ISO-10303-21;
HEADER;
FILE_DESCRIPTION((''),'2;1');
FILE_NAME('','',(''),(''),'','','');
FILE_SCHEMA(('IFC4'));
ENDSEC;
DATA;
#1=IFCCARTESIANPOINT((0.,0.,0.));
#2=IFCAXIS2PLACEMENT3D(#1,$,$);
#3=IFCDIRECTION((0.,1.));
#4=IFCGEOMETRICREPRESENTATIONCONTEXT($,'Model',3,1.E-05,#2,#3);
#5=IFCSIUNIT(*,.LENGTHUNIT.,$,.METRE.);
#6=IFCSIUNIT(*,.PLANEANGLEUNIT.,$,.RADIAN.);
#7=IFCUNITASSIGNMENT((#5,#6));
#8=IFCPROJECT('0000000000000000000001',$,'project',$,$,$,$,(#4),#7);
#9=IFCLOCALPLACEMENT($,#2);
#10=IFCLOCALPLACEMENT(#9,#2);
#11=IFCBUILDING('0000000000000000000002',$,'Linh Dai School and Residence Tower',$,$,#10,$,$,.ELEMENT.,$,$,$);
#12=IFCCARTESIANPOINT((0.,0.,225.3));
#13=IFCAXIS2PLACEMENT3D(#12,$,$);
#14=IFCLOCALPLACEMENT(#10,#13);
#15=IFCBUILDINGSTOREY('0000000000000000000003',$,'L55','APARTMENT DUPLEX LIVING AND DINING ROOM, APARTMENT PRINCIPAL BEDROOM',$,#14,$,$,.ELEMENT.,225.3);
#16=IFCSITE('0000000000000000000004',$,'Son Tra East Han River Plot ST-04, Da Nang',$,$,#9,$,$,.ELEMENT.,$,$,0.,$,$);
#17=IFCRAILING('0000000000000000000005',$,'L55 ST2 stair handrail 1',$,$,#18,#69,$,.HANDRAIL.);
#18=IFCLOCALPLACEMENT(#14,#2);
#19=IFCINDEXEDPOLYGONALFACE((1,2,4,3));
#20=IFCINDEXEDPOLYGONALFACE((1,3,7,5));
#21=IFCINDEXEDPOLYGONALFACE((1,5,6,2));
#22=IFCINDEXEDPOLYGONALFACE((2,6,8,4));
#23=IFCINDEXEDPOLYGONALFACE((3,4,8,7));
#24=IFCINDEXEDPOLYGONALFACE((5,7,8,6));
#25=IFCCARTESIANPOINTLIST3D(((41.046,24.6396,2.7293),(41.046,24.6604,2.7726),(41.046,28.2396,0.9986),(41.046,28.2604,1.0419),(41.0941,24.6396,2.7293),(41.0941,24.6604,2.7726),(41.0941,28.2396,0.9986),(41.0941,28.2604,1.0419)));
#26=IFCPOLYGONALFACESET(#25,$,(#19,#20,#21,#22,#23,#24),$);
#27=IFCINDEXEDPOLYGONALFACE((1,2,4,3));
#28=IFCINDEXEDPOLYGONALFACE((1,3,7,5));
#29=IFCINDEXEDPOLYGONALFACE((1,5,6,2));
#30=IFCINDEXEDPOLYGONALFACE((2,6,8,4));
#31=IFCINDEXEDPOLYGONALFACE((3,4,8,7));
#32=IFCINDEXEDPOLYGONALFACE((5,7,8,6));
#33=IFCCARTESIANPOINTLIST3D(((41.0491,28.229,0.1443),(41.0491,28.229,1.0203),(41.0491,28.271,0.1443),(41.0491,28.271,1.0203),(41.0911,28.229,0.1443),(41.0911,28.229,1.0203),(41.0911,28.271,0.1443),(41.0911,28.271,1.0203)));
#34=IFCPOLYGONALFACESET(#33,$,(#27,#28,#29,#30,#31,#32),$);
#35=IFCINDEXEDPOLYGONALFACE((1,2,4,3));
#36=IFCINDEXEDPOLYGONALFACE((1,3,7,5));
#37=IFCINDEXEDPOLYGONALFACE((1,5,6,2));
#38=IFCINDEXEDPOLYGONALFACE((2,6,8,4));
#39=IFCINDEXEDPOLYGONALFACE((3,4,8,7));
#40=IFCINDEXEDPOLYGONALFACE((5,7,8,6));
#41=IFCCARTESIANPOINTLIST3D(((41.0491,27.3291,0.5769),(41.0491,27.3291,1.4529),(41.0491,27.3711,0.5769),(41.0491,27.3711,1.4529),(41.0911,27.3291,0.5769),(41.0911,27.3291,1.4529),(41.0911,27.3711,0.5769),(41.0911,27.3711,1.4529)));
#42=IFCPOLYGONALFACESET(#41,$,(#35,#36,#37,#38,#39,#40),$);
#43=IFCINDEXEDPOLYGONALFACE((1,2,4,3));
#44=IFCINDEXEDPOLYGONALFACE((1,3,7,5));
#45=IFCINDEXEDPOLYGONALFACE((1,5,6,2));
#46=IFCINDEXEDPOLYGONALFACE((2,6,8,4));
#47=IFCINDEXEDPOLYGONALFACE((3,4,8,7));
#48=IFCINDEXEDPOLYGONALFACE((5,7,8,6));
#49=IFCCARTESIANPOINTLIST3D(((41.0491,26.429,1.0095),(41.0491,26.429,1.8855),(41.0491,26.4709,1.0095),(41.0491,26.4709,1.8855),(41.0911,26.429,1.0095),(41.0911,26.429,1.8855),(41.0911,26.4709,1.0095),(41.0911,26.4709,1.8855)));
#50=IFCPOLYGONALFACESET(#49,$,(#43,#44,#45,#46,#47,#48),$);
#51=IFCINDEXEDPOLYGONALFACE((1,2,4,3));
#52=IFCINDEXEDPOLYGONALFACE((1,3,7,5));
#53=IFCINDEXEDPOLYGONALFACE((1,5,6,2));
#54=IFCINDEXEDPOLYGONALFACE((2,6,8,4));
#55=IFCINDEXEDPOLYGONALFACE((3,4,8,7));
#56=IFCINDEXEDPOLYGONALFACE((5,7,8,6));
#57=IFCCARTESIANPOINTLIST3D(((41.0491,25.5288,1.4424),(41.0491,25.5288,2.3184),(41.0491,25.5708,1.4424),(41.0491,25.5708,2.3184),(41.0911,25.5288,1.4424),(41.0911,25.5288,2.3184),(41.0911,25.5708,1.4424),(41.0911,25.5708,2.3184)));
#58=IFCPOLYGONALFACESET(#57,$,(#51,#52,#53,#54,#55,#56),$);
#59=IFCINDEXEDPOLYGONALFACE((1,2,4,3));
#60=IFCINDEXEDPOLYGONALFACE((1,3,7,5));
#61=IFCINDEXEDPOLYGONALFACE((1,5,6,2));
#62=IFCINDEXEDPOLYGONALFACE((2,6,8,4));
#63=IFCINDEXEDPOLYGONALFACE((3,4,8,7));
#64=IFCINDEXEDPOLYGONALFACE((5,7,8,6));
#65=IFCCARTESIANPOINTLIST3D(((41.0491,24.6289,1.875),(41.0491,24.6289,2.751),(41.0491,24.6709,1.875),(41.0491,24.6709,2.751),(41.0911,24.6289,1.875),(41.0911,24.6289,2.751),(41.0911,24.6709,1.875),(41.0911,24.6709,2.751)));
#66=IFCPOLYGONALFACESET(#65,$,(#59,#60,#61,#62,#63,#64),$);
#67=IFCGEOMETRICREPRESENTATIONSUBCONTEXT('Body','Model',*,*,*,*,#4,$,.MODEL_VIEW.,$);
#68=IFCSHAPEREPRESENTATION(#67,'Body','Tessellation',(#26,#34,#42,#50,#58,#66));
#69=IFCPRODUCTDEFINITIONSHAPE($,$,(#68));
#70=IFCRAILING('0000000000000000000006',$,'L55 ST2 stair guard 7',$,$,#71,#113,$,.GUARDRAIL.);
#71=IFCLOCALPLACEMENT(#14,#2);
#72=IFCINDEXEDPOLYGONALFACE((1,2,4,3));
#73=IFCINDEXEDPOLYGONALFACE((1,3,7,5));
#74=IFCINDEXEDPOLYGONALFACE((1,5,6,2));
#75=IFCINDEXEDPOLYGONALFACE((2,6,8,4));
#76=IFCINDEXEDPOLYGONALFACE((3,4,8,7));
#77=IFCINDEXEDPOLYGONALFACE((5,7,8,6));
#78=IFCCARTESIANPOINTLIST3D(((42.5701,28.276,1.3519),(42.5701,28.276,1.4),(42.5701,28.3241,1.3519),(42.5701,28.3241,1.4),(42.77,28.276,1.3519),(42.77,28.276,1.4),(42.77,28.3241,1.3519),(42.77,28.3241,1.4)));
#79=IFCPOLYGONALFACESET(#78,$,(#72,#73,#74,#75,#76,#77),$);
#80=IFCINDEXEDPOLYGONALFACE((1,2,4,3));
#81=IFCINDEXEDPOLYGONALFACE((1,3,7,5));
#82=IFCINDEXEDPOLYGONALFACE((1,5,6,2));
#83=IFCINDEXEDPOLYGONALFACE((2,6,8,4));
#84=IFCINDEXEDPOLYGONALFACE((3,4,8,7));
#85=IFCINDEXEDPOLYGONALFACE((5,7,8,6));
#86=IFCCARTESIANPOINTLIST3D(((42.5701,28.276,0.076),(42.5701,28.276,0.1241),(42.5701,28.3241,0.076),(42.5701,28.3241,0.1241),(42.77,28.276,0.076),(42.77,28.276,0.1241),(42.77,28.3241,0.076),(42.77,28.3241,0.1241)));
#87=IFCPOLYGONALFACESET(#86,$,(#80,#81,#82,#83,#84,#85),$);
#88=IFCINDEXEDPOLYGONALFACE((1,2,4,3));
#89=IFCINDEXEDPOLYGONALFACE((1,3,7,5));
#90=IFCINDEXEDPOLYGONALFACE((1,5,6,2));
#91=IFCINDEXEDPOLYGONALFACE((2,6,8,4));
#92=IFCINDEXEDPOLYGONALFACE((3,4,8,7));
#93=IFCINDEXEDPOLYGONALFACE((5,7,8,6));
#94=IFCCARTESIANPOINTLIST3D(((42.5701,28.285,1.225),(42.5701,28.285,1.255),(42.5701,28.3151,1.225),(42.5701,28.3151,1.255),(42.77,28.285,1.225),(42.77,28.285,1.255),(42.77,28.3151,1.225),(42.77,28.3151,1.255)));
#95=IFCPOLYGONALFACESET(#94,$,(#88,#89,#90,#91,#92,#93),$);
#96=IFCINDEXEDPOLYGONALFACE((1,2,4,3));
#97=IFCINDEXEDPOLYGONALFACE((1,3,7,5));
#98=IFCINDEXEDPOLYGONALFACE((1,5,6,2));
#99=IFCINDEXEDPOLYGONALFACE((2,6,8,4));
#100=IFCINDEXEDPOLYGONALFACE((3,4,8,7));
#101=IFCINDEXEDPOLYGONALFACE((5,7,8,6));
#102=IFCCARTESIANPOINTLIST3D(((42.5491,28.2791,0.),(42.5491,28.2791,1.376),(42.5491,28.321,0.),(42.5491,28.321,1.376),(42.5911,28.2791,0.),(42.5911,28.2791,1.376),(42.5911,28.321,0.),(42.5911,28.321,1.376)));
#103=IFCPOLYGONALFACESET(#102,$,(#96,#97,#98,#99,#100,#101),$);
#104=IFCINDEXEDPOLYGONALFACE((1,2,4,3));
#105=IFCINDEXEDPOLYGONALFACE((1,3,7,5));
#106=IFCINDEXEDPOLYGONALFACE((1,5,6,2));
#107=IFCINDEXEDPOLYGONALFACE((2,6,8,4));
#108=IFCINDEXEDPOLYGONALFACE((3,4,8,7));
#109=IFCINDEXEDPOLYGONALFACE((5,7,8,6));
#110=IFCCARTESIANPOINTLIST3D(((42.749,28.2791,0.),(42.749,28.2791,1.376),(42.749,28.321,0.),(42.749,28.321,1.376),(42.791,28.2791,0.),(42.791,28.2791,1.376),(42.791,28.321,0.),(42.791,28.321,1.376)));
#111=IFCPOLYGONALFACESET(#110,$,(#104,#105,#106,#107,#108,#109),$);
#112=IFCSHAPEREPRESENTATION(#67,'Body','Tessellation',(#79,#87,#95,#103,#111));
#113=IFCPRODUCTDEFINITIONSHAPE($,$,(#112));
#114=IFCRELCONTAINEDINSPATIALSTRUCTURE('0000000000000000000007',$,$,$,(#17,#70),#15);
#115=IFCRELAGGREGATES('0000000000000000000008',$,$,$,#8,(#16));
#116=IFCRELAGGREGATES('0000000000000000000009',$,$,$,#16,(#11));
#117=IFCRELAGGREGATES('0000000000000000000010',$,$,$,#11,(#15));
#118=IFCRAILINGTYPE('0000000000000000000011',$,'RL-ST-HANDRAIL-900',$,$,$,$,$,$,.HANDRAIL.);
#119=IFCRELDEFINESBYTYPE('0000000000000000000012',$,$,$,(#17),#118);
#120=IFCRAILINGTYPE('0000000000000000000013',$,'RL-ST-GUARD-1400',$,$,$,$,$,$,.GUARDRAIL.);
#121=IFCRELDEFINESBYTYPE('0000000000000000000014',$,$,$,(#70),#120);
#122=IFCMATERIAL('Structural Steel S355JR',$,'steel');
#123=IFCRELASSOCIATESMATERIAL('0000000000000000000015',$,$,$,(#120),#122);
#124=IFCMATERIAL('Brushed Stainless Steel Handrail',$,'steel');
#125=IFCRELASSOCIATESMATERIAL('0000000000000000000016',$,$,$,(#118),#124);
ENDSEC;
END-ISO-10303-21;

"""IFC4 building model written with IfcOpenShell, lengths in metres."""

from ifc_helpers import new_model, si_unit, direction, frame, origin, origin_2d, place, context, subcontext, project, spatial, rectangle, extrude, source, transform, mapped, material, type_object, element, save


model = new_model("IFC4")

# Units and contexts
model_context = context("Model", 3, precision=1e-05, world=origin(), true_north=direction((0.0, 1.0)))
body_context = subcontext(model_context, "Body", "Model", "MODEL_VIEW")
ifc_project = project(units=[si_unit("LENGTHUNIT", "METRE"), si_unit("PLANEANGLEUNIT", "RADIAN")], contexts=[model_context])

# Site, building, storey
site_placement = place(None, origin())
site = spatial("IfcSite", under=ifc_project, at=site_placement, Name="Son Tra East Han River Plot ST-04, Da Nang", CompositionType="ELEMENT", RefElevation=0.0)
building_placement = place(site_placement, origin())
building = spatial("IfcBuilding", under=site, at=building_placement, Name="Linh Dai School and Residence Tower", CompositionType="ELEMENT")
storey_placement = place(building_placement, frame((0.0, 0.0, 225.3)))
storey = spatial("IfcBuildingStorey", under=building, at=storey_placement, Name="L55", Description="APARTMENT DUPLEX LIVING AND DINING ROOM, APARTMENT PRINCIPAL BEDROOM", CompositionType="ELEMENT", Elevation=225.3)

# Shared definitions
ifc_material_1 = material(Name="Structural Steel S355JR", Category="steel")

# Railings
railing_type_1 = type_object("IfcRailingType", Name="RL-ST-GUARD-1400", PredefinedType="GUARDRAIL", material=ifc_material_1)
ifc_material_2 = material(Name="Brushed Stainless Steel Handrail", Category="steel")
railing_type_2 = type_object("IfcRailingType", Name="RL-ST-HANDRAIL-900", PredefinedType="HANDRAIL", material=ifc_material_2)
shared_shape_1 = source(origin(), body_context, "Body", "SweptSolid", [
    extrude(rectangle(XDim=0.0481, YDim=0.0481, at=origin_2d()), frame((0.0, 0.0, 0.876), z_axis=(0.0, -0.901263, 0.433273), x_axis=(1.0, 0.0, 0.0)), (0.0, 0.0, 1.0), 3.9944),
    extrude(rectangle(XDim=0.042, YDim=0.042, at=origin_2d()), origin(), (0.0, 0.0, 1.0), 0.876),
    extrude(rectangle(XDim=0.042, YDim=0.042, at=origin_2d()), frame((0.0, -0.8999, 0.4326)), (0.0, 0.0, 1.0), 0.876),
    extrude(rectangle(XDim=0.042, YDim=0.042, at=origin_2d()), frame((0.0, -1.8, 0.8652)), (0.0, 0.0, 1.0), 0.876),
    extrude(rectangle(XDim=0.042, YDim=0.042, at=origin_2d()), frame((0.0, -2.7002, 1.2981)), (0.0, 0.0, 1.0), 0.876),
    extrude(rectangle(XDim=0.042, YDim=0.042, at=origin_2d()), frame((0.0, -3.6001, 1.7307)), (0.0, 0.0, 1.0), 0.876),
])
railing_1_placement = place(storey_placement, frame((41.0701, 28.25, 0.1443)))
element("IfcRailing", 1, at=railing_1_placement, inside=storey, type_object=railing_type_2, Name="L55 ST2 stair handrail 1", PredefinedType="HANDRAIL", context=body_context, shape_type="MappedRepresentation", body=[
    mapped(shared_shape_1, transform((0.0, 0.0, 0.0), x_axis=(1.0, 0.0, 0.0), y_axis=(0.0, 1.0, 0.0), z_axis=(0.0, 0.0, 1.0), scale=1.0)),
])
shared_shape_2 = source(origin(), body_context, "Body", "SweptSolid", [
    extrude(rectangle(XDim=0.0481, YDim=0.0481, at=origin_2d()), frame((0.0, 0.0, 1.376), z_axis=(1.0, 0.0, 0.0), x_axis=(0.0, 1.0, 0.0)), (0.0, 0.0, 1.0), 0.2),
    extrude(rectangle(XDim=0.0481, YDim=0.0481, at=origin_2d()), frame((0.0, 0.0, 0.1001), z_axis=(1.0, 0.0, 0.0), x_axis=(0.0, 1.0, 0.0)), (0.0, 0.0, 1.0), 0.2),
    extrude(rectangle(XDim=0.03, YDim=0.03, at=origin_2d()), frame((0.0, 0.0, 1.24), z_axis=(1.0, 0.0, 0.0), x_axis=(0.0, 1.0, 0.0)), (0.0, 0.0, 1.0), 0.2),
    extrude(rectangle(XDim=0.042, YDim=0.042, at=origin_2d()), origin(), (0.0, 0.0, 1.0), 1.376),
    extrude(rectangle(XDim=0.042, YDim=0.042, at=origin_2d()), frame((0.2, 0.0, 0.0)), (0.0, 0.0, 1.0), 1.376),
])
railing_2_placement = place(storey_placement, frame((42.5701, 28.3, 0.0)))
element("IfcRailing", 2, at=railing_2_placement, inside=storey, type_object=railing_type_1, Name="L55 ST2 stair guard 7", PredefinedType="GUARDRAIL", context=body_context, shape_type="MappedRepresentation", body=[
    mapped(shared_shape_2, transform((0.0, 0.0, 0.0), x_axis=(1.0, 0.0, 0.0), y_axis=(0.0, 1.0, 0.0), z_axis=(0.0, 0.0, 1.0), scale=1.0)),
])

save(model, "model.ifc")
